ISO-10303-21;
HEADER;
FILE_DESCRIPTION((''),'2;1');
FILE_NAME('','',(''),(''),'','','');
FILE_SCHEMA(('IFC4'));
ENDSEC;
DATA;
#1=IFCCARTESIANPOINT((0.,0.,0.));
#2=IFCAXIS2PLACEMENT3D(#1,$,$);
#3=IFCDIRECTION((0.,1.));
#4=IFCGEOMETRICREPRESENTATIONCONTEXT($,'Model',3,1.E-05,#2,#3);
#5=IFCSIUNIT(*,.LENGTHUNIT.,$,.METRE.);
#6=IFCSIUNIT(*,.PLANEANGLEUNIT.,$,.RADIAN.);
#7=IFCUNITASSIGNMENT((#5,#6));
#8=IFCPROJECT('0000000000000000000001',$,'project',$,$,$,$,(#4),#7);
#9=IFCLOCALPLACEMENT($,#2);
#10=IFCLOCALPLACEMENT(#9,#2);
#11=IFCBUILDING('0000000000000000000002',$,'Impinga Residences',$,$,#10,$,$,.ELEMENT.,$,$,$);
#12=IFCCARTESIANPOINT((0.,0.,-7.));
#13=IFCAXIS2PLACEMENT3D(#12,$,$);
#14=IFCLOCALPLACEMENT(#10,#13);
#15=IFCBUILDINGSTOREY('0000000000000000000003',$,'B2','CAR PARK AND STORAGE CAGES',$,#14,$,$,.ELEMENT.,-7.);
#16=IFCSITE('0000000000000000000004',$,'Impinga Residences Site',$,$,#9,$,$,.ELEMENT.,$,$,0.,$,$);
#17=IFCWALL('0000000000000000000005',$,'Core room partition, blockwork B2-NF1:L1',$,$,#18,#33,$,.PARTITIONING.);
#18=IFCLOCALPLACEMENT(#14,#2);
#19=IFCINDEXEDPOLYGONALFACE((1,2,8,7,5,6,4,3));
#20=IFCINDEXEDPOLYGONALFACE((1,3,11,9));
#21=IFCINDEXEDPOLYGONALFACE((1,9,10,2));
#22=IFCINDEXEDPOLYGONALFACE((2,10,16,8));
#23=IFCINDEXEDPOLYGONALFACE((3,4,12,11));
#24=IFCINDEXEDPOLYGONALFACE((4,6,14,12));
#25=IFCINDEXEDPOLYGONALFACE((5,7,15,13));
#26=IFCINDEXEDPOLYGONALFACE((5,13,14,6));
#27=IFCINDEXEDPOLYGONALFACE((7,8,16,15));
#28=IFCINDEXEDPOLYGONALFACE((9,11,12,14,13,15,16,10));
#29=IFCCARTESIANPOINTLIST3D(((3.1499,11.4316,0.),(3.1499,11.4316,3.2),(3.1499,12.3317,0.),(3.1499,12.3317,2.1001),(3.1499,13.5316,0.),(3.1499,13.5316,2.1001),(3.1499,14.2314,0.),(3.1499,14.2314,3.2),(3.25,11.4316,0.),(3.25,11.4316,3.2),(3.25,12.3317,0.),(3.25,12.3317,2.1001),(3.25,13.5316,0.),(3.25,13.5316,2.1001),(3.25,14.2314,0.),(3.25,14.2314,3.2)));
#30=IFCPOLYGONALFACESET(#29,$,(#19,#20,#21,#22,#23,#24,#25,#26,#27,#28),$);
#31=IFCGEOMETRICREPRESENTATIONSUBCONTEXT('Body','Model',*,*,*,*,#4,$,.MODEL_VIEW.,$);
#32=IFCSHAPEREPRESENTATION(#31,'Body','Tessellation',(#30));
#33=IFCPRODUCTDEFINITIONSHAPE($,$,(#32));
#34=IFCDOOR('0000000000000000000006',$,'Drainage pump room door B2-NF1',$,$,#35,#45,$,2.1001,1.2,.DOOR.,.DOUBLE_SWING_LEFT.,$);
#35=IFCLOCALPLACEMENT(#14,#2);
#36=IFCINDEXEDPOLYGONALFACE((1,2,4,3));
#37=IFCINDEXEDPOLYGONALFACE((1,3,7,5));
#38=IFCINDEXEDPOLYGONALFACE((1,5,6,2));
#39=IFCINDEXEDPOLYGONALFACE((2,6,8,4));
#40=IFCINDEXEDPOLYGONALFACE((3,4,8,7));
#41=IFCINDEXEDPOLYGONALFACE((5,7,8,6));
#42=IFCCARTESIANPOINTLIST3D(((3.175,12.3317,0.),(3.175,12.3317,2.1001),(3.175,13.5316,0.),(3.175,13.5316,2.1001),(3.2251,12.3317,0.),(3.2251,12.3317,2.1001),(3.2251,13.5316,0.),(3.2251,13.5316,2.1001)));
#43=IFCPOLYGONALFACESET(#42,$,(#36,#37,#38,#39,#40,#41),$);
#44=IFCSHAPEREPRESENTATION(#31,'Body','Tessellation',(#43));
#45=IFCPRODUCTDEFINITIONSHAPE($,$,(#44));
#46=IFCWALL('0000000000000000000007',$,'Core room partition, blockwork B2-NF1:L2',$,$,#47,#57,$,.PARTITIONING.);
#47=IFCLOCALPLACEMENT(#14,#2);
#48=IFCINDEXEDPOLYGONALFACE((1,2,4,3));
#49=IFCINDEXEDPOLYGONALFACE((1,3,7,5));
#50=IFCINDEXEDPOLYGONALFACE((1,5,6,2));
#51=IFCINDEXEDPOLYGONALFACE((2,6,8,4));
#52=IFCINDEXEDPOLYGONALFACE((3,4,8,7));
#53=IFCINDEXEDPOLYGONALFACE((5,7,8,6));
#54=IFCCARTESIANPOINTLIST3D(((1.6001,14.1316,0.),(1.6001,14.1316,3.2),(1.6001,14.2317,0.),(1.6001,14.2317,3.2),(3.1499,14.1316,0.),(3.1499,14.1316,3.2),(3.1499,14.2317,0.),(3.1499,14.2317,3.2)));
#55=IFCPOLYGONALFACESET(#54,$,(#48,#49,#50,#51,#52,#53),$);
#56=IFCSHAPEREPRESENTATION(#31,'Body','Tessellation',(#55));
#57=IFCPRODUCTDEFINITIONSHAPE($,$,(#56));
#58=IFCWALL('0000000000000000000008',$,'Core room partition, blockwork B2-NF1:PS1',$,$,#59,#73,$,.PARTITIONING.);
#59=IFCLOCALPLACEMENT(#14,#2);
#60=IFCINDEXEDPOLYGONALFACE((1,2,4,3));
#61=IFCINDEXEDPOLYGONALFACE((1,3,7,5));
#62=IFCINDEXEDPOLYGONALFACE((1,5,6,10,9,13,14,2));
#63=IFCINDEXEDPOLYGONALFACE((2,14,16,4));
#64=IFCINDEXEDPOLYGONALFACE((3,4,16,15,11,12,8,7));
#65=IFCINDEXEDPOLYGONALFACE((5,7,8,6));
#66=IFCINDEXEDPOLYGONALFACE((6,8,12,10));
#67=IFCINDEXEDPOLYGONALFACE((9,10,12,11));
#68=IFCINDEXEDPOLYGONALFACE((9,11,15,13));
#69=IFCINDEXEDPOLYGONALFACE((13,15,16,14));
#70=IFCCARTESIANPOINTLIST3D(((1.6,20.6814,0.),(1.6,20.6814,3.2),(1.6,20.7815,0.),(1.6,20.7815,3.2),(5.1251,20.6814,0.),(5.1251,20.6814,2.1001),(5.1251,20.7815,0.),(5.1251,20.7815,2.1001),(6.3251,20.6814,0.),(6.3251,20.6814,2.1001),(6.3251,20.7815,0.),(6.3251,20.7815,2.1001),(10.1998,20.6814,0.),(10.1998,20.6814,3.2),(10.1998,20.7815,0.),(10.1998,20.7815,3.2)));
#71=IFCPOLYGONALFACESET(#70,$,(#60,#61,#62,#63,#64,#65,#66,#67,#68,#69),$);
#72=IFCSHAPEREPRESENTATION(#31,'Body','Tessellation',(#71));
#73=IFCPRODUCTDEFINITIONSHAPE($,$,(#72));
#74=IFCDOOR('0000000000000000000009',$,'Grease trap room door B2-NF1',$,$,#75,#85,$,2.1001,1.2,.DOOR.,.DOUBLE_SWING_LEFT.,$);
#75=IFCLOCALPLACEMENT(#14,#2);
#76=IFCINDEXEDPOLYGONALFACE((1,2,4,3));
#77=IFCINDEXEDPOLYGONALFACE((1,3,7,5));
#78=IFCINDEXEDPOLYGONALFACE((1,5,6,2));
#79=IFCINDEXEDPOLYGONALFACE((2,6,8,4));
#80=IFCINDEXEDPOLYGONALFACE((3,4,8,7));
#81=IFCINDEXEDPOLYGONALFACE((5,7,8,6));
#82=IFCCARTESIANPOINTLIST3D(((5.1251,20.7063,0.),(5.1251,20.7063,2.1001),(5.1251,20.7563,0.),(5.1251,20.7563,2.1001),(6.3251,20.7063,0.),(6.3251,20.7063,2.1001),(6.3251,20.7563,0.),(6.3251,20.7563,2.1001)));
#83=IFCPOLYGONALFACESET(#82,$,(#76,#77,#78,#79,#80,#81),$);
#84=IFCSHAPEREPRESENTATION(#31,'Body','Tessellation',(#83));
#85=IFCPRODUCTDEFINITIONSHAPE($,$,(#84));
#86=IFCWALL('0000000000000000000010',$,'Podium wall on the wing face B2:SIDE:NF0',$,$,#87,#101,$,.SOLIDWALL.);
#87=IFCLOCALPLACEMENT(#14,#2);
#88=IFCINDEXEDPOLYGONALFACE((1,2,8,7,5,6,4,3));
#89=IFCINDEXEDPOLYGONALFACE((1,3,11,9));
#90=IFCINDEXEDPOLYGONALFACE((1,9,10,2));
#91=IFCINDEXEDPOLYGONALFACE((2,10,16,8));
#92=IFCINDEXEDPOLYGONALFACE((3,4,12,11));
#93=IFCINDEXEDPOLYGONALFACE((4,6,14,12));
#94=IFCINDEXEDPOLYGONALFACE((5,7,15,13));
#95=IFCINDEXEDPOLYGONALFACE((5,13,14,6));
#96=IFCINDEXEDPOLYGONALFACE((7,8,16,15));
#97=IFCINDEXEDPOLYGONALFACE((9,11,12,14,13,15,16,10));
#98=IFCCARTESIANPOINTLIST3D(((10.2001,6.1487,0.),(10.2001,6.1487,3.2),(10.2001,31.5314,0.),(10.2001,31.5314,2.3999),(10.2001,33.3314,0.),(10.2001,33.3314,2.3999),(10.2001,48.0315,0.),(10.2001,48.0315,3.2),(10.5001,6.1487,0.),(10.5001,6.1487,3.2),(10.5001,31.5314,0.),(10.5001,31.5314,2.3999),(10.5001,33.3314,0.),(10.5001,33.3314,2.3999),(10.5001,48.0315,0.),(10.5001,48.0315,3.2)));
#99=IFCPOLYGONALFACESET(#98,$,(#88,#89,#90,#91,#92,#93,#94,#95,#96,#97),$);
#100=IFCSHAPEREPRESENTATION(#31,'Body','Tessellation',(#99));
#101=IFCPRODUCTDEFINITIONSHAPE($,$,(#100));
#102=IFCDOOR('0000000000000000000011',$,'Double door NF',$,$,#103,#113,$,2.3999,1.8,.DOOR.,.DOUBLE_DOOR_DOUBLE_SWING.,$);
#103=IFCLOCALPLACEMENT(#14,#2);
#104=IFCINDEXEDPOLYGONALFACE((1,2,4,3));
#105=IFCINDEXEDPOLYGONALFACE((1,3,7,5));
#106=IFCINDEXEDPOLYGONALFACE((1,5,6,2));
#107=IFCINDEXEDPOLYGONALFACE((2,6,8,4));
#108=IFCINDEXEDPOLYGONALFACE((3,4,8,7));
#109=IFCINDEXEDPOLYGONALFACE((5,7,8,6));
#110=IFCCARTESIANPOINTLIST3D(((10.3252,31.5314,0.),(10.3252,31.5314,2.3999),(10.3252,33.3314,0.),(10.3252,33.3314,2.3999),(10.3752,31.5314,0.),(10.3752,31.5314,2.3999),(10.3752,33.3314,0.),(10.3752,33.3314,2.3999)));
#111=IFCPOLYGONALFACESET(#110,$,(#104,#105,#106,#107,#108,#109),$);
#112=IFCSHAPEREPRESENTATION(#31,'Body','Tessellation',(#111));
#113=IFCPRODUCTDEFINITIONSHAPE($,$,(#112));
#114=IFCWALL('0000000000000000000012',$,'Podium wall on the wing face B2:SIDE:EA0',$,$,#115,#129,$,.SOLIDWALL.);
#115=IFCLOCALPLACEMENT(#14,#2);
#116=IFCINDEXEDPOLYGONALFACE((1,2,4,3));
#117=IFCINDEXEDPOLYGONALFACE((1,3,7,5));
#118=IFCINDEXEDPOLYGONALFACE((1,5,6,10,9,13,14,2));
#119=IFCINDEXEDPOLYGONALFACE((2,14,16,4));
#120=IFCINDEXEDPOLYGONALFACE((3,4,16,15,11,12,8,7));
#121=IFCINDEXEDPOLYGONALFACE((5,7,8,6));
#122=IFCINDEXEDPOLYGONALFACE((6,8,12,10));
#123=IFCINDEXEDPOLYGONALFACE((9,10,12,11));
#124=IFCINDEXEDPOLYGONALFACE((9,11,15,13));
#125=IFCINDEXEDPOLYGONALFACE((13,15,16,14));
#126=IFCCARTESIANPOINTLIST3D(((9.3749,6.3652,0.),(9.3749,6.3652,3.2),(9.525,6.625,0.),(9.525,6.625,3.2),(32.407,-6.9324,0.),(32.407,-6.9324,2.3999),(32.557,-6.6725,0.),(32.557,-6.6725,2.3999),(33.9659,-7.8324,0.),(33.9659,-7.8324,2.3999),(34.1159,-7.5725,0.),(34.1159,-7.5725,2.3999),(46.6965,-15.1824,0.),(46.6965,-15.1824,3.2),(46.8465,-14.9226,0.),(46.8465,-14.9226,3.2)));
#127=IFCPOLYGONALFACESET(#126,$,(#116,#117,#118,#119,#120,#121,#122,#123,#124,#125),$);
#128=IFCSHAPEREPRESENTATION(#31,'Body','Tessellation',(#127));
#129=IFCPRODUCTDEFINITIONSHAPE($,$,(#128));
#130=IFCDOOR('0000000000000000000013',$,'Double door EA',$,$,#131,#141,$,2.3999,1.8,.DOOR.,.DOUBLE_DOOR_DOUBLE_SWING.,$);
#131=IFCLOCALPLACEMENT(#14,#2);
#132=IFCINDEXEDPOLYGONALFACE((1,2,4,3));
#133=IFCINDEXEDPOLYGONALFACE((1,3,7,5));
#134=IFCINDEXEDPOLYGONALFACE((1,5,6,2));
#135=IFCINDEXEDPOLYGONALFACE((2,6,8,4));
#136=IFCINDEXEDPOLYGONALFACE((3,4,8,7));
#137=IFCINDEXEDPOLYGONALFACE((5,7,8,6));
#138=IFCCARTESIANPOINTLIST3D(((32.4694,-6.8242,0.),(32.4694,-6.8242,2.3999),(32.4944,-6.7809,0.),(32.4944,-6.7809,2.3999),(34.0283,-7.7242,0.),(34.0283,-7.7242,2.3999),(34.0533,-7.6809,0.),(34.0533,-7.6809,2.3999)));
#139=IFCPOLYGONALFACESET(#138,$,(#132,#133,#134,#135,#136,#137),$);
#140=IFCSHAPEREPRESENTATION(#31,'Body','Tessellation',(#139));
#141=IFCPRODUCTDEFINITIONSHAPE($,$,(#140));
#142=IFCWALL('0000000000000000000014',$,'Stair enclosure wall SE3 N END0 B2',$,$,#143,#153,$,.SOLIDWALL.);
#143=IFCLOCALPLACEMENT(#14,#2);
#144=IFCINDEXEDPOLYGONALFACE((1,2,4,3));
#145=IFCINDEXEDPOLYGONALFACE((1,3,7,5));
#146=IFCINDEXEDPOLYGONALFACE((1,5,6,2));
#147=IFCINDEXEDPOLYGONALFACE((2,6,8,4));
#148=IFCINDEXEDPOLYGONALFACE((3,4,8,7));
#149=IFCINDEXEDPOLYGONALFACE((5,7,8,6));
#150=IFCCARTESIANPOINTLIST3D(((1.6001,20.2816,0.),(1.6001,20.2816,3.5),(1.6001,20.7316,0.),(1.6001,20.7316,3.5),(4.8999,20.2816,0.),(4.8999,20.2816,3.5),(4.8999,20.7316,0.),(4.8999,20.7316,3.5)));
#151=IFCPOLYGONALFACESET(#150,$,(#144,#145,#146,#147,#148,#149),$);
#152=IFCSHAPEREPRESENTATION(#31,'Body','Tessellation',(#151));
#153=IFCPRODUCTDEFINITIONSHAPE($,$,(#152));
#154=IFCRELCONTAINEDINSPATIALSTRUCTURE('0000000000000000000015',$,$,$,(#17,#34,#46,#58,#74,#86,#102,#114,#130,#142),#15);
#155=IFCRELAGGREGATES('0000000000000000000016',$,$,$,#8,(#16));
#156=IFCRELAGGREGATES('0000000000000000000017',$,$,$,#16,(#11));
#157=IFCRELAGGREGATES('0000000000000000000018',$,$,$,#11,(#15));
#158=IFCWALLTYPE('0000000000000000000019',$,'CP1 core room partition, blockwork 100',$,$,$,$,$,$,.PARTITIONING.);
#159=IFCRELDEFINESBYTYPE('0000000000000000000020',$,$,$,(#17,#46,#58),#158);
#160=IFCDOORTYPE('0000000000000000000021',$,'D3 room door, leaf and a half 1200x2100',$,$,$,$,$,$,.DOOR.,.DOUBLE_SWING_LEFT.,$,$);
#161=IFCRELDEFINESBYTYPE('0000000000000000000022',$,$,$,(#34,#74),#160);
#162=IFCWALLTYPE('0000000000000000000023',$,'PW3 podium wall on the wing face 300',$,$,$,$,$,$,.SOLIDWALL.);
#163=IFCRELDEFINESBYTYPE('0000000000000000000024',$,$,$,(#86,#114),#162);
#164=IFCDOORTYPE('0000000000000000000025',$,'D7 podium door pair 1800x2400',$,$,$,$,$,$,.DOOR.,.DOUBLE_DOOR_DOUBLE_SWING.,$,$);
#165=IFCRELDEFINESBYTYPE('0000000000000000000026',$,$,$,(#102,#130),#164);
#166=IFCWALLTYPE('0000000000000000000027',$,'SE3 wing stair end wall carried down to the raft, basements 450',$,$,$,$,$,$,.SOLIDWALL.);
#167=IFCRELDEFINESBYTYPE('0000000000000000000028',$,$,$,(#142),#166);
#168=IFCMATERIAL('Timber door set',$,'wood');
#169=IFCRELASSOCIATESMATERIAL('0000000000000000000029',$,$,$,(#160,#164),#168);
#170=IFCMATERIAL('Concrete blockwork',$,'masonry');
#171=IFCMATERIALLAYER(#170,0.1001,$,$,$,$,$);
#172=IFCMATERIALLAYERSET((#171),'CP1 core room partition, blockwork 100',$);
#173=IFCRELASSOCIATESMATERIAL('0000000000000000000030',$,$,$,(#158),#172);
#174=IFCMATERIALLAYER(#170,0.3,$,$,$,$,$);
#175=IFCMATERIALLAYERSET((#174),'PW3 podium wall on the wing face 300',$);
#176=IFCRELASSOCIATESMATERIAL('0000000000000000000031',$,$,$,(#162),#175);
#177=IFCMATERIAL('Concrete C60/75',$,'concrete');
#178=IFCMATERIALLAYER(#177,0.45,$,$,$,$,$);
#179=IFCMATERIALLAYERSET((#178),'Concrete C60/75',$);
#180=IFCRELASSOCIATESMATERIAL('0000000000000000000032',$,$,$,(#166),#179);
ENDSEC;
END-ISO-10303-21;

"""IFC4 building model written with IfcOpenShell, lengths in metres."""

from ifc_helpers import new_model, si_unit, direction, frame, frame_2d, origin, place, context, subcontext, project, spatial, rectangle, extrude, material, layer, layer_set, type_object, element, fill, save


model = new_model("IFC4")

# Units and contexts
model_context = context("Model", 3, precision=1e-05, world=origin(), true_north=direction((0.0, 1.0)))
body_context = subcontext(model_context, "Body", "Model", "MODEL_VIEW")
ifc_project = project(units=[si_unit("LENGTHUNIT", "METRE"), si_unit("PLANEANGLEUNIT", "RADIAN")], contexts=[model_context])

# Site, building, storey
site_placement = place(None, origin())
site = spatial("IfcSite", under=ifc_project, at=site_placement, Name="Impinga Residences Site", CompositionType="ELEMENT", RefElevation=0.0)
building_placement = place(site_placement, origin())
building = spatial("IfcBuilding", under=site, at=building_placement, Name="Impinga Residences", CompositionType="ELEMENT")
storey_placement = place(building_placement, frame((0.0, 0.0, -7.0)))
storey = spatial("IfcBuildingStorey", under=building, at=storey_placement, Name="B2", Description="CAR PARK AND STORAGE CAGES", CompositionType="ELEMENT", Elevation=-7.0)

# Shared definitions
ifc_material_1 = material(Name="Concrete C60/75", Category="concrete")

# Wall, opening, door
ifc_material_2 = material(Name="Timber door set", Category="wood")
door_type_1 = type_object("IfcDoorType", Name="D3 room door, leaf and a half 1200x2100", OperationType="DOUBLE_SWING_LEFT", PredefinedType="DOOR", material=ifc_material_2)
ifc_material_3 = material(Name="Concrete blockwork", Category="masonry")
ifc_layer_1 = layer(ifc_material_3, 0.1001)
ifc_layer_set_1 = layer_set([ifc_layer_1], Name="CP1 core room partition, blockwork 100")
wall_type_1 = type_object("IfcWallType", Name="CP1 core room partition, blockwork 100", PredefinedType="PARTITIONING", material=ifc_layer_set_1)
wall_1_placement = place(storey_placement, frame((3.2, 11.4316, 0.0), z_axis=(0.0, 0.0, 1.0), x_axis=(0.0, 1.0, 0.0)))
wall_1 = element("IfcWall", 1, at=wall_1_placement, inside=storey, type_object=wall_type_1, Name="Core room partition, blockwork B2-NF1:L1", PredefinedType="PARTITIONING", context=body_context, shape_type="SweptSolid", body=[
    extrude(rectangle(XDim=2.7998, YDim=0.1001, at=frame_2d((1.3999, 0.0))), origin(), (0.0, 0.0, 1.0), 3.2),
])
opening_1_placement = place(wall_1_placement, frame((0.8999, 0.0, 0.0)))
opening_1 = element("IfcOpeningElement", 2, at=opening_1_placement, cuts=wall_1, PredefinedType="OPENING", context=body_context, shape_type="SweptSolid", body=[
    extrude(rectangle(XDim=1.2, YDim=2.1001, at=frame_2d((0.6001, 1.05))), frame((0.0, 0.0601, 0.0), z_axis=(0.0, -1.0, 0.0), x_axis=(1.0, 0.0, 0.0)), (0.0, 0.0, 1.0), 0.1201),
])
door_1_placement = place(opening_1_placement, origin())
door_1 = element("IfcDoor", 3, at=door_1_placement, inside=storey, type_object=door_type_1, Name="Drainage pump room door B2-NF1", OperationType="DOUBLE_SWING_LEFT", OverallHeight=2.1001, OverallWidth=1.2, PredefinedType="DOOR", context=body_context, shape_type="SweptSolid", body=[
    extrude(rectangle(XDim=1.2, YDim=2.1001, at=frame_2d((0.6001, 1.05))), frame((0.0, 0.0249, 0.0), z_axis=(0.0, -1.0, 0.0), x_axis=(1.0, 0.0, 0.0)), (0.0, 0.0, 1.0), 0.05),
])
fill(opening_1, door_1)

# Wall
wall_2_placement = place(storey_placement, frame((1.6001, 14.1816, 0.0), z_axis=(0.0, 0.0, 1.0), x_axis=(1.0, 0.0, 0.0)))
element("IfcWall", 4, at=wall_2_placement, inside=storey, type_object=wall_type_1, Name="Core room partition, blockwork B2-NF1:L2", PredefinedType="PARTITIONING", context=body_context, shape_type="SweptSolid", body=[
    extrude(rectangle(XDim=1.5498, YDim=0.1001, at=frame_2d((0.7749, 0.0))), origin(), (0.0, 0.0, 1.0), 3.2),
])

# Walls, openings, doors
wall_3_placement = place(storey_placement, frame((1.6001, 20.7314, 0.0), z_axis=(0.0, 0.0, 1.0), x_axis=(1.0, 0.0, 0.0)))
wall_3 = element("IfcWall", 5, at=wall_3_placement, inside=storey, type_object=wall_type_1, Name="Core room partition, blockwork B2-NF1:PS1", PredefinedType="PARTITIONING", context=body_context, shape_type="SweptSolid", body=[
    extrude(rectangle(XDim=8.5999, YDim=0.1001, at=frame_2d((4.2998, 0.0))), origin(), (0.0, 0.0, 1.0), 3.2),
])
opening_2_placement = place(wall_3_placement, frame((3.5249, 0.0, 0.0)))
opening_2 = element("IfcOpeningElement", 6, at=opening_2_placement, cuts=wall_3, PredefinedType="OPENING", context=body_context, shape_type="SweptSolid", body=[
    extrude(rectangle(XDim=1.2, YDim=2.1001, at=frame_2d((0.6001, 1.05))), frame((0.0, 0.0601, 0.0), z_axis=(0.0, -1.0, 0.0), x_axis=(1.0, 0.0, 0.0)), (0.0, 0.0, 1.0), 0.1201),
])
door_2_placement = place(opening_2_placement, origin())
door_2 = element("IfcDoor", 7, at=door_2_placement, inside=storey, type_object=door_type_1, Name="Grease trap room door B2-NF1", OperationType="DOUBLE_SWING_LEFT", OverallHeight=2.1001, OverallWidth=1.2, PredefinedType="DOOR", context=body_context, shape_type="SweptSolid", body=[
    extrude(rectangle(XDim=1.2, YDim=2.1001, at=frame_2d((0.6001, 1.05))), frame((0.0, 0.0249, 0.0), z_axis=(0.0, -1.0, 0.0), x_axis=(1.0, 0.0, 0.0)), (0.0, 0.0, 1.0), 0.05),
])
fill(opening_2, door_2)
ifc_layer_2 = layer(ifc_material_3, 0.3)
ifc_layer_set_2 = layer_set([ifc_layer_2], Name="PW3 podium wall on the wing face 300")
wall_type_2 = type_object("IfcWallType", Name="PW3 podium wall on the wing face 300", PredefinedType="SOLIDWALL", material=ifc_layer_set_2)
wall_4_placement = place(storey_placement, frame((10.3501, 6.1487, 0.0), z_axis=(0.0, 0.0, 1.0), x_axis=(0.0, 1.0, 0.0)))
wall_4 = element("IfcWall", 8, at=wall_4_placement, inside=storey, type_object=wall_type_2, Name="Podium wall on the wing face B2:SIDE:NF0", PredefinedType="SOLIDWALL", context=body_context, shape_type="SweptSolid", body=[
    extrude(rectangle(XDim=41.8828, YDim=0.3, at=frame_2d((20.9414, 0.0))), origin(), (0.0, 0.0, 1.0), 3.2),
])
opening_3_placement = place(wall_4_placement, frame((25.3828, 0.0, 0.0)))
opening_3 = element("IfcOpeningElement", 9, at=opening_3_placement, cuts=wall_4, PredefinedType="OPENING", context=body_context, shape_type="SweptSolid", body=[
    extrude(rectangle(XDim=1.8, YDim=2.3999, at=frame_2d((0.8999, 1.2))), frame((0.0, 0.1599, 0.0), z_axis=(0.0, -1.0, 0.0), x_axis=(1.0, 0.0, 0.0)), (0.0, 0.0, 1.0), 0.3201),
])
door_type_2 = type_object("IfcDoorType", Name="D7 podium door pair 1800x2400", OperationType="DOUBLE_DOOR_DOUBLE_SWING", PredefinedType="DOOR", material=ifc_material_2)
door_3_placement = place(opening_3_placement, origin())
door_3 = element("IfcDoor", 10, at=door_3_placement, inside=storey, type_object=door_type_2, Name="Double door NF", OperationType="DOUBLE_DOOR_DOUBLE_SWING", OverallHeight=2.3999, OverallWidth=1.8, PredefinedType="DOOR", context=body_context, shape_type="SweptSolid", body=[
    extrude(rectangle(XDim=1.8, YDim=2.3999, at=frame_2d((0.8999, 1.2))), frame((0.0, 0.0249, 0.0), z_axis=(0.0, -1.0, 0.0), x_axis=(1.0, 0.0, 0.0)), (0.0, 0.0, 1.0), 0.05),
])
fill(opening_3, door_3)
wall_5_placement = place(storey_placement, frame((9.45, 6.4951, 0.0), z_axis=(0.0, 0.0, 1.0), x_axis=(0.866025, -0.5, 0.0)))
wall_5 = element("IfcWall", 11, at=wall_5_placement, inside=storey, type_object=wall_type_2, Name="Podium wall on the wing face B2:SIDE:EA0", PredefinedType="SOLIDWALL", context=body_context, shape_type="SweptSolid", body=[
    extrude(rectangle(XDim=43.0952, YDim=0.3, at=frame_2d((21.5476, 0.0))), origin(), (0.0, 0.0, 1.0), 3.2),
])
opening_4_placement = place(wall_5_placement, frame((26.5952, 0.0, 0.0)))
opening_4 = element("IfcOpeningElement", 12, at=opening_4_placement, cuts=wall_5, PredefinedType="OPENING", context=body_context, shape_type="SweptSolid", body=[
    extrude(rectangle(XDim=1.8, YDim=2.3999, at=frame_2d((0.8999, 1.2))), frame((0.0, 0.1599, 0.0), z_axis=(0.0, -1.0, 0.0), x_axis=(1.0, 0.0, 0.0)), (0.0, 0.0, 1.0), 0.3201),
])
door_4_placement = place(opening_4_placement, origin())
door_4 = element("IfcDoor", 13, at=door_4_placement, inside=storey, type_object=door_type_2, Name="Double door EA", OperationType="DOUBLE_DOOR_DOUBLE_SWING", OverallHeight=2.3999, OverallWidth=1.8, PredefinedType="DOOR", context=body_context, shape_type="SweptSolid", body=[
    extrude(rectangle(XDim=1.8, YDim=2.3999, at=frame_2d((0.8999, 1.2))), frame((0.0, 0.0249, 0.0), z_axis=(0.0, -1.0, 0.0), x_axis=(1.0, 0.0, 0.0)), (0.0, 0.0, 1.0), 0.05),
])
fill(opening_4, door_4)

# Wall
ifc_layer_3 = layer(ifc_material_1, 0.45)
ifc_layer_set_3 = layer_set([ifc_layer_3], Name="Concrete C60/75")
wall_type_3 = type_object("IfcWallType", Name="SE3 wing stair end wall carried down to the raft, basements 450", PredefinedType="SOLIDWALL", material=ifc_layer_set_3)
wall_6_placement = place(storey_placement, frame((1.6001, 20.5066, 0.0), z_axis=(0.0, 0.0, 1.0), x_axis=(1.0, 0.0, 0.0)))
element("IfcWall", 14, at=wall_6_placement, inside=storey, type_object=wall_type_3, Name="Stair enclosure wall SE3 N END0 B2", PredefinedType="SOLIDWALL", context=body_context, shape_type="SweptSolid", body=[
    extrude(rectangle(XDim=3.2998, YDim=0.45, at=frame_2d((1.6499, 0.0))), origin(), (0.0, 0.0, 1.0), 3.5),
])

save(model, "model.ifc")
